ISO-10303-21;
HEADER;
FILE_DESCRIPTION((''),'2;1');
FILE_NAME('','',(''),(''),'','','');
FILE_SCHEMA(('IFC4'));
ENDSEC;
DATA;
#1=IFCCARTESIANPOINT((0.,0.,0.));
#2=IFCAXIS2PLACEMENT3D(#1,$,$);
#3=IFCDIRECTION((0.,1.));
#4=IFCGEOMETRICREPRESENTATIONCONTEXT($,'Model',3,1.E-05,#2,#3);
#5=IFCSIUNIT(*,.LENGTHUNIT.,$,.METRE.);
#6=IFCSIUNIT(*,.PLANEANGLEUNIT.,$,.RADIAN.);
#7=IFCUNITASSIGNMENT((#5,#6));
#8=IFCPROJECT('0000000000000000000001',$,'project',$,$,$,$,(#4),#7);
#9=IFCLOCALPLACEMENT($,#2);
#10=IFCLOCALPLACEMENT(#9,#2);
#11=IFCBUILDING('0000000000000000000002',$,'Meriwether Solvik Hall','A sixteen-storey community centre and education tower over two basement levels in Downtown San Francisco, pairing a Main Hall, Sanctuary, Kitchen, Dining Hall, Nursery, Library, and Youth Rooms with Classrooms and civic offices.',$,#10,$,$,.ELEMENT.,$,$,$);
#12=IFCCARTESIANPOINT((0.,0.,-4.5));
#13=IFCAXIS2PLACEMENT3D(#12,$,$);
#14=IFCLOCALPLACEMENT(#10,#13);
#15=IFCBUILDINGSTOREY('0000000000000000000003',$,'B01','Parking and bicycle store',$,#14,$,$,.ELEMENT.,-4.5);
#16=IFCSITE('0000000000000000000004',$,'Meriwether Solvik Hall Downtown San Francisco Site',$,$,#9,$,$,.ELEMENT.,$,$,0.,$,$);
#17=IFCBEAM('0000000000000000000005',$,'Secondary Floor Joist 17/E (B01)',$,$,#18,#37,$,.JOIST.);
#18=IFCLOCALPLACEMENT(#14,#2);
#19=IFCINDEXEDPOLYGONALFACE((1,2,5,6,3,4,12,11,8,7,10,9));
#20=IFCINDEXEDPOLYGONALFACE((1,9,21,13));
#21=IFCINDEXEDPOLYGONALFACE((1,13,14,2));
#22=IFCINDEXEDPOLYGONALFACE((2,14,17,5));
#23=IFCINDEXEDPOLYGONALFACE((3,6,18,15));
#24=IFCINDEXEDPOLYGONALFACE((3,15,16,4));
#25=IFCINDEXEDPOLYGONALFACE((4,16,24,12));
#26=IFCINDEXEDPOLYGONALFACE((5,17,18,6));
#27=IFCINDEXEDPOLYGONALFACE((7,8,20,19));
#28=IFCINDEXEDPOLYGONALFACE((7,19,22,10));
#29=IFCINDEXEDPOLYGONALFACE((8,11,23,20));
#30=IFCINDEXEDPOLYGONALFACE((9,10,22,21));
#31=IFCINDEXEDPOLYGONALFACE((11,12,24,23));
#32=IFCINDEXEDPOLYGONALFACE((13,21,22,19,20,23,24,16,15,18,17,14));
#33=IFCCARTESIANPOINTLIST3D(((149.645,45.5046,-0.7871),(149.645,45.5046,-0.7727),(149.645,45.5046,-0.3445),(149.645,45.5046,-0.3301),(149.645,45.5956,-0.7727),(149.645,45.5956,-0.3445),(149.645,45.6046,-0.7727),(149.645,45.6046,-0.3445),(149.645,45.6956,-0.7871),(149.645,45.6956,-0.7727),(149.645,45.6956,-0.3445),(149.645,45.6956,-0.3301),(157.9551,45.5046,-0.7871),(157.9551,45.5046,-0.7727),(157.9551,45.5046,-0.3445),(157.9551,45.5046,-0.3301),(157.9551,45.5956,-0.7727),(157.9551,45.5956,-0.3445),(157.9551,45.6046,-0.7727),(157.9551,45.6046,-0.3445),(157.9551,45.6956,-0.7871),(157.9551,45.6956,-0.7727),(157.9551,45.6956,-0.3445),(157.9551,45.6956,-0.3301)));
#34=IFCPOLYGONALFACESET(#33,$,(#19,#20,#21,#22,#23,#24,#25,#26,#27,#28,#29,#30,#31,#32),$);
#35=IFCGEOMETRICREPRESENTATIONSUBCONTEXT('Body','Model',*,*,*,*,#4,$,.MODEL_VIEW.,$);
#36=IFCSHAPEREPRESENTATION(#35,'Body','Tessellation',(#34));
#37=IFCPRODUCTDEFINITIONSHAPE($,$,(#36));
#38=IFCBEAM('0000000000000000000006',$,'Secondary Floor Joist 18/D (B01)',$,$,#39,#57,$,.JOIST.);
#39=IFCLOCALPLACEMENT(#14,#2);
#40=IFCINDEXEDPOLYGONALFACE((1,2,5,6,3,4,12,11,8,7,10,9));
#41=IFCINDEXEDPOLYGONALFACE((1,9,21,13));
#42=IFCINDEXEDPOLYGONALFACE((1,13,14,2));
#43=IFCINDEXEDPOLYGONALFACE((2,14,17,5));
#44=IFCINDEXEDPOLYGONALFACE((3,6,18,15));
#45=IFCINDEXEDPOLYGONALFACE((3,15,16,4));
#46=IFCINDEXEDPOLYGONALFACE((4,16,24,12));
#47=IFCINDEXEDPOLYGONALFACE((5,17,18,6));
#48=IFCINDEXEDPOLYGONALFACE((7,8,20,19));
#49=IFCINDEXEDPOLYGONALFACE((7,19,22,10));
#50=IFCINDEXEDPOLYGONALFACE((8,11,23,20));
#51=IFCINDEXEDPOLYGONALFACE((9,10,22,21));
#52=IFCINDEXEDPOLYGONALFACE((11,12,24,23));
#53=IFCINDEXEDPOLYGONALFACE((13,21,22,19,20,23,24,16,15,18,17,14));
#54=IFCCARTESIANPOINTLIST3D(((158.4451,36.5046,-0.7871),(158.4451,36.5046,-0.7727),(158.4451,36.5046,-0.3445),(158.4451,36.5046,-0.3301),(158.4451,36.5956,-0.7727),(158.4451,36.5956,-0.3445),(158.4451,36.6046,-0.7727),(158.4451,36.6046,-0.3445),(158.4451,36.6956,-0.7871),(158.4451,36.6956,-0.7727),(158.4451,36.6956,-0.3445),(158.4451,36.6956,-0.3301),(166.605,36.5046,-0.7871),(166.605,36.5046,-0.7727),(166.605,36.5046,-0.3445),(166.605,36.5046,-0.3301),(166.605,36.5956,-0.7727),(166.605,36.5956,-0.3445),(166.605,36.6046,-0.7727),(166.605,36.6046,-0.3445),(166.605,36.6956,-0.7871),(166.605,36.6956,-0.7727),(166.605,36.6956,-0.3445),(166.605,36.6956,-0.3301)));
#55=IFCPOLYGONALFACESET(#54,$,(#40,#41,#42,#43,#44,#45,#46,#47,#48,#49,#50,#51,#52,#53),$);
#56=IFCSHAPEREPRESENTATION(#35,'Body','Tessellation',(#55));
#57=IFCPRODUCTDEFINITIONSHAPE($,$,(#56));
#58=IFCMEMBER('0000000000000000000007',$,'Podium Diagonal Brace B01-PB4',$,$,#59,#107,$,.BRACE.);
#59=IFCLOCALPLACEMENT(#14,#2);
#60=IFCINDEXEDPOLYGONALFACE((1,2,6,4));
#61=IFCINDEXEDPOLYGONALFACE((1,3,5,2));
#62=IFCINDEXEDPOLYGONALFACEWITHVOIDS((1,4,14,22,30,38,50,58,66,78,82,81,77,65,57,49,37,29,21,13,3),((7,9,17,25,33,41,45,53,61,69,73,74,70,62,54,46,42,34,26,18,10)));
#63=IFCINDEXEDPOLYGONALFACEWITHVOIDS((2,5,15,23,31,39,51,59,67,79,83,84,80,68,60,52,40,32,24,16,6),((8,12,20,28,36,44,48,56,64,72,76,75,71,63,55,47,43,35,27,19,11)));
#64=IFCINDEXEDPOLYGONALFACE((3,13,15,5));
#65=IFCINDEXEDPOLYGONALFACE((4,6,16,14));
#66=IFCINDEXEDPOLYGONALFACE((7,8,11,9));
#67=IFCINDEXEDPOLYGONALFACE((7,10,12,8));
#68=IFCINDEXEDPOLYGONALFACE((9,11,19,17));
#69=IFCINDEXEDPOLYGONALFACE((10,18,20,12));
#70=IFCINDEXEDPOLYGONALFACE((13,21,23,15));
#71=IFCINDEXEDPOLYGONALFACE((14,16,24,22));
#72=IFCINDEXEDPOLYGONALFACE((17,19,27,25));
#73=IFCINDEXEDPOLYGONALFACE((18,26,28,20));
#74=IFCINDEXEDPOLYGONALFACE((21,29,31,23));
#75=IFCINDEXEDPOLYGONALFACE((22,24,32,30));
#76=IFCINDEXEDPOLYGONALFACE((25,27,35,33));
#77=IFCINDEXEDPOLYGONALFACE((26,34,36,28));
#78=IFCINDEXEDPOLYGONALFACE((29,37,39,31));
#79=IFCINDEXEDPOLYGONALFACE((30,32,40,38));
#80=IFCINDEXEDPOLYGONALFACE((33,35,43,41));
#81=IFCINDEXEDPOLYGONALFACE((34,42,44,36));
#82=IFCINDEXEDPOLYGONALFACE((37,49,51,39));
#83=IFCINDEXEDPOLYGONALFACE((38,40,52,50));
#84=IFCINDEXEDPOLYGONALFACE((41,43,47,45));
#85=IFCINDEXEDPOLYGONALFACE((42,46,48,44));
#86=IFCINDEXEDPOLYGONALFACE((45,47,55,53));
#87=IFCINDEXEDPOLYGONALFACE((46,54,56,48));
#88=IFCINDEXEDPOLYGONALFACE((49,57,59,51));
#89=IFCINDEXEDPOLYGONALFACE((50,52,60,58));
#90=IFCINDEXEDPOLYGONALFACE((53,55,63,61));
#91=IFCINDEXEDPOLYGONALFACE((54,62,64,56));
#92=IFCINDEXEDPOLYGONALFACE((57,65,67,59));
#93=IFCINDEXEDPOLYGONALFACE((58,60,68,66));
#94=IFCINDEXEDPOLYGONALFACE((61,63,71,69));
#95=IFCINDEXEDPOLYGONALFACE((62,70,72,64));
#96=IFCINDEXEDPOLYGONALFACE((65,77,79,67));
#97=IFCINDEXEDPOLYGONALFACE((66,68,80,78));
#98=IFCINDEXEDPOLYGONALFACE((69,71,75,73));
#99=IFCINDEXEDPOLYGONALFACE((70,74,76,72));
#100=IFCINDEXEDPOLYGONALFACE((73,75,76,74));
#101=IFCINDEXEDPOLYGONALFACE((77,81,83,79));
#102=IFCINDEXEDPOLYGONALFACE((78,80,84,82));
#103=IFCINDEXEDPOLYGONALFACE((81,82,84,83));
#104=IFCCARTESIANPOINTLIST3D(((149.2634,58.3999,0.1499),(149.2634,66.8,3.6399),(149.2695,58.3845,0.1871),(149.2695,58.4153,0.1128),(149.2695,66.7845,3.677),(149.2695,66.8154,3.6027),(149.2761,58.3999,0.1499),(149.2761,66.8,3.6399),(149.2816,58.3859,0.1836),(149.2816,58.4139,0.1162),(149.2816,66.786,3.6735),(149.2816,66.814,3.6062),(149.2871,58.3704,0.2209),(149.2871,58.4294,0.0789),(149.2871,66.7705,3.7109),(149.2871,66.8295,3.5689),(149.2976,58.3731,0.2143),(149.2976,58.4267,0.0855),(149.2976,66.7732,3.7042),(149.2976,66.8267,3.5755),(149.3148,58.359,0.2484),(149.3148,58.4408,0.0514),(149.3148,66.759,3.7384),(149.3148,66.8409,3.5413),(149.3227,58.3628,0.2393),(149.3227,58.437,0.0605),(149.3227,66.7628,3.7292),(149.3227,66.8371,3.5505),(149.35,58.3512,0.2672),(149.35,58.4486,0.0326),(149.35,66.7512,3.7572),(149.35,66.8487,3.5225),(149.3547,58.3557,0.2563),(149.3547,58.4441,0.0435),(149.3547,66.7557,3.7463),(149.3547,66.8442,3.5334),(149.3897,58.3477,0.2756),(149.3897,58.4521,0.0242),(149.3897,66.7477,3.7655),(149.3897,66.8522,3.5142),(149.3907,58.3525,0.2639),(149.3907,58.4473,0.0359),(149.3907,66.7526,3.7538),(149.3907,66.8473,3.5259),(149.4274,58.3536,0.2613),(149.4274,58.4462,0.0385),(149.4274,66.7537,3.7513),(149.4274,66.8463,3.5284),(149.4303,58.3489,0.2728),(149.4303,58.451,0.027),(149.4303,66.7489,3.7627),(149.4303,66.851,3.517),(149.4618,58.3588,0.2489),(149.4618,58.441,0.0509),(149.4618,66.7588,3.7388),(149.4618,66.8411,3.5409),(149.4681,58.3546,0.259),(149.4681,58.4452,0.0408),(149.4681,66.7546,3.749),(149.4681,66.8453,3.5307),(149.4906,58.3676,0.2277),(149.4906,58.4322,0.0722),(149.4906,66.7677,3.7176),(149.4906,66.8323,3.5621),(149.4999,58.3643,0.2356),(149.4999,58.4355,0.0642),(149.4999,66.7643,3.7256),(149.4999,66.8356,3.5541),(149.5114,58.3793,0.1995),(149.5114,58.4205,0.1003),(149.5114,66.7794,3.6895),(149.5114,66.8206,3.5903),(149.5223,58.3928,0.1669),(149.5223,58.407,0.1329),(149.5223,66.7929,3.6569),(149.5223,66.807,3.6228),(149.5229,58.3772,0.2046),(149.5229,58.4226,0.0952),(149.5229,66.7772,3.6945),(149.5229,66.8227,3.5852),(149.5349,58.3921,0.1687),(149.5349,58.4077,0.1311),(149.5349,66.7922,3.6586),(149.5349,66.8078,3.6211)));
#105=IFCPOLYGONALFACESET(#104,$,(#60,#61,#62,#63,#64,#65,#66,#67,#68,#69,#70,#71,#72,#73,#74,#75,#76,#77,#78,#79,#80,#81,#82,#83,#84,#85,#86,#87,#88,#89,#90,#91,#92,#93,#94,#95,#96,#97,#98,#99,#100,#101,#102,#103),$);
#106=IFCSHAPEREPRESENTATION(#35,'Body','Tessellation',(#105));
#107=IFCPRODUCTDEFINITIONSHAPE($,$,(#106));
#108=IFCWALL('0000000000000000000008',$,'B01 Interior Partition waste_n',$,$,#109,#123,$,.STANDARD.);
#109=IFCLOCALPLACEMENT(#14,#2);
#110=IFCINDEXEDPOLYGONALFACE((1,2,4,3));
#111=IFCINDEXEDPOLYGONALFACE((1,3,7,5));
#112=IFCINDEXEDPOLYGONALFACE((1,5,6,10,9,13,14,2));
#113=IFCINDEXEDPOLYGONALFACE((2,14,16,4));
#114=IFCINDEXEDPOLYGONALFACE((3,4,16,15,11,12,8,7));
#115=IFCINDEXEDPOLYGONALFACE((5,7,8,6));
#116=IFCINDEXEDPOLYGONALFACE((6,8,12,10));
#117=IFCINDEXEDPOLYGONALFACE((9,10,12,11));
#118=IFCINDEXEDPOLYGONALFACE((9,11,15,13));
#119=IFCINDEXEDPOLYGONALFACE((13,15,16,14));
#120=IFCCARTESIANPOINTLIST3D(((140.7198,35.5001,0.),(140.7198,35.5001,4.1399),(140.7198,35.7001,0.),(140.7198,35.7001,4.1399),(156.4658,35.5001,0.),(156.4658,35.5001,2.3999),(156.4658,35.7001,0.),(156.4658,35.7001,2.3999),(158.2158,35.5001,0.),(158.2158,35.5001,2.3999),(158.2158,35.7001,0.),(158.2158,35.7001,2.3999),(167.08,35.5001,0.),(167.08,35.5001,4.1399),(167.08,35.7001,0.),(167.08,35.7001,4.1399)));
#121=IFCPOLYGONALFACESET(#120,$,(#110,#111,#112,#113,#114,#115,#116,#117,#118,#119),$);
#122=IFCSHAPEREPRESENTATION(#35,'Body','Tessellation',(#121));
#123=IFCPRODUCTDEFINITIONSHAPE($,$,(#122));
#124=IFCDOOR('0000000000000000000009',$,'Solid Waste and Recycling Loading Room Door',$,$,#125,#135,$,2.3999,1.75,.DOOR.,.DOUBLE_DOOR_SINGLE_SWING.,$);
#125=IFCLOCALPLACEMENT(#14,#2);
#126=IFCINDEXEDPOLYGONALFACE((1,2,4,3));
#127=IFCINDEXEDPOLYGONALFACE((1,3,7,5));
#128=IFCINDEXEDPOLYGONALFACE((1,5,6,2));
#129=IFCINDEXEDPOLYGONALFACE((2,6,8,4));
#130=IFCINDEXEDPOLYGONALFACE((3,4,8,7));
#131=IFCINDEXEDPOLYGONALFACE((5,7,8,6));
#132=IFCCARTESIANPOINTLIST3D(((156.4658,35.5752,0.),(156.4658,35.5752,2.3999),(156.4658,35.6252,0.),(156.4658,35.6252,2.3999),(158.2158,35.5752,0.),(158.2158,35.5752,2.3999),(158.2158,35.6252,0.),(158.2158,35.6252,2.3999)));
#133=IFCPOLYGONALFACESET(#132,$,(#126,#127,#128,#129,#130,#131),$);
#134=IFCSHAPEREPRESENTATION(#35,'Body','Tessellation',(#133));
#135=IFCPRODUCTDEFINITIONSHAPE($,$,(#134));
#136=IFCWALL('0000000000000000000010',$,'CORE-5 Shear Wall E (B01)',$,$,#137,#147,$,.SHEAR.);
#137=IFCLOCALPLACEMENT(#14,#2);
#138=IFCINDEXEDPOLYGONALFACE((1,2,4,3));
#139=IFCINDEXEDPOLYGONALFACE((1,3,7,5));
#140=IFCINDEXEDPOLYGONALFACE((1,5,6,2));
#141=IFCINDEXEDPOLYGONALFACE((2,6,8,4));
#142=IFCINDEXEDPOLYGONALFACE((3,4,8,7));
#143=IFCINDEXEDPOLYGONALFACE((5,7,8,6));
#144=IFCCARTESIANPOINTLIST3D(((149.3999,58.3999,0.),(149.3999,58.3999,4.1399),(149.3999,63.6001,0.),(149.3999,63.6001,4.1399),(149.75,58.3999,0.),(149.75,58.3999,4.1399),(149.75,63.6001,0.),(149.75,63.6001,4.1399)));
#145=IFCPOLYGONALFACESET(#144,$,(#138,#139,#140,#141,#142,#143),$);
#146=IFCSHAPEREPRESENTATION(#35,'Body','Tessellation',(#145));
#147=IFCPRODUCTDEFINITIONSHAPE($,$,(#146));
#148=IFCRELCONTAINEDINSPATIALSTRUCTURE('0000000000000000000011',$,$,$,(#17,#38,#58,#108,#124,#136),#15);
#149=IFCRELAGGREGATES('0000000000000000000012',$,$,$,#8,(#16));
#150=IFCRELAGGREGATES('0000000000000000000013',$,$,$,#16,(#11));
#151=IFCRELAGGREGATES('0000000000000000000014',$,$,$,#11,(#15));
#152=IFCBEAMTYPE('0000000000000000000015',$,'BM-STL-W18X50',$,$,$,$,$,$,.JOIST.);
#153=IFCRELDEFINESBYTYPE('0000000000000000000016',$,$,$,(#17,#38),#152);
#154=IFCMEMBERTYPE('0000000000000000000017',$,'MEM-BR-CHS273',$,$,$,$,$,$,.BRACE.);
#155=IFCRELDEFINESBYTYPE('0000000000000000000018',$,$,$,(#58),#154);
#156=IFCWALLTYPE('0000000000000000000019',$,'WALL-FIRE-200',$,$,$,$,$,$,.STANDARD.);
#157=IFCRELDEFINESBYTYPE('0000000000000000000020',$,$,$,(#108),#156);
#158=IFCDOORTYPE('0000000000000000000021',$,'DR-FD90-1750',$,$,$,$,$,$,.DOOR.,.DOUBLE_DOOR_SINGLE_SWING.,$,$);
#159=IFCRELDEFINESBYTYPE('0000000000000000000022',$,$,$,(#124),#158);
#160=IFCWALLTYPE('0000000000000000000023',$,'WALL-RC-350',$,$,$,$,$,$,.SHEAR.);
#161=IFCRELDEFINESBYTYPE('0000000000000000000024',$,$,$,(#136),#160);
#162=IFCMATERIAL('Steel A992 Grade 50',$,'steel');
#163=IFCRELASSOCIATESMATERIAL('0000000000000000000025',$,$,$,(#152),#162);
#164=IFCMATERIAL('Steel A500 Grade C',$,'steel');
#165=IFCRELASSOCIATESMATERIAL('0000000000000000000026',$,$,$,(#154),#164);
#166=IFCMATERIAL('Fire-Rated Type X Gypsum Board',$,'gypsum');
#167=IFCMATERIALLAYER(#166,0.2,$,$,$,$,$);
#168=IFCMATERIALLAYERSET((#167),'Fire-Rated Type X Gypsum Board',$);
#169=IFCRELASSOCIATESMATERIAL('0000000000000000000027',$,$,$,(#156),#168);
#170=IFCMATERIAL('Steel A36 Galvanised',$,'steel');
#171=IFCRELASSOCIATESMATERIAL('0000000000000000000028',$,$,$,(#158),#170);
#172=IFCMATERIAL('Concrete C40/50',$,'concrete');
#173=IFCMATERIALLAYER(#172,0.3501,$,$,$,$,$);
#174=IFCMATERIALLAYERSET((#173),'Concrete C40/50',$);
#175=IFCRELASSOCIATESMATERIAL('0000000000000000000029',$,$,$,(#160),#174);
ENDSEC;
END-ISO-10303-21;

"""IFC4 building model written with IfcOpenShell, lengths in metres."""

from ifc_helpers import new_model, si_unit, direction, frame, frame_2d, origin, origin_2d, place, context, subcontext, project, spatial, rectangle, hollow_circle, i_section, extrude, material, layer, layer_set, material_profile, profile_set, type_object, element, fill, save


model = new_model("IFC4")

# Units and contexts
model_context = context("Model", 3, precision=1e-05, world=origin(), true_north=direction((0.0, 1.0)))
body_context = subcontext(model_context, "Body", "Model", "MODEL_VIEW")
ifc_project = project(units=[si_unit("LENGTHUNIT", "METRE"), si_unit("PLANEANGLEUNIT", "RADIAN")], contexts=[model_context])

# Site, building, storey
site_placement = place(None, origin())
site = spatial("IfcSite", under=ifc_project, at=site_placement, Name="Meriwether Solvik Hall Downtown San Francisco Site", CompositionType="ELEMENT", RefElevation=0.0)
building_placement = place(site_placement, origin())
building = spatial("IfcBuilding", under=site, at=building_placement, Name="Meriwether Solvik Hall", Description="A sixteen-storey community centre and education tower over two basement levels in Downtown San Francisco, pairing a Main Hall, Sanctuary, Kitchen, Dining Hall, Nursery, Library, and Youth Rooms with Classrooms and civic offices.", CompositionType="ELEMENT")
storey_placement = place(building_placement, frame((0.0, 0.0, -4.5)))
storey = spatial("IfcBuildingStorey", under=building, at=storey_placement, Name="B01", Description="Parking and bicycle store", CompositionType="ELEMENT", Elevation=-4.5)

# Beams
ifc_material_1 = material(Name="Steel A992 Grade 50", Category="steel")
ifc_material_profile_1 = material_profile(ifc_material_1, i_section(OverallWidth=0.1909, OverallDepth=0.457, WebThickness=0.009, FlangeThickness=0.0144, at=origin_2d()), Name="W18X50")
ifc_profile_set_1 = profile_set([ifc_material_profile_1], Name="Steel A992 Grade 50")
beam_type_1 = type_object("IfcBeamType", Name="BM-STL-W18X50", PredefinedType="JOIST", material=ifc_profile_set_1)
beam_1_placement = place(storey_placement, frame((149.645, 45.6001, -0.5586), z_axis=(1.0, 0.0, 0.0), x_axis=(0.0, 1.0, 0.0)))
element("IfcBeam", 1, at=beam_1_placement, inside=storey, type_object=beam_type_1, Name="Secondary Floor Joist 17/E (B01)", PredefinedType="JOIST", context=body_context, shape_type="SweptSolid", body=[
    extrude(i_section(OverallWidth=0.1909, OverallDepth=0.457, WebThickness=0.009, FlangeThickness=0.0144, at=origin_2d()), origin(), (0.0, 0.0, 1.0), 8.3101),
])
beam_2_placement = place(storey_placement, frame((158.4451, 36.6001, -0.5586), z_axis=(1.0, 0.0, 0.0), x_axis=(0.0, 1.0, 0.0)))
element("IfcBeam", 2, at=beam_2_placement, inside=storey, type_object=beam_type_1, Name="Secondary Floor Joist 18/D (B01)", PredefinedType="JOIST", context=body_context, shape_type="SweptSolid", body=[
    extrude(i_section(OverallWidth=0.1909, OverallDepth=0.457, WebThickness=0.009, FlangeThickness=0.0144, at=origin_2d()), origin(), (0.0, 0.0, 1.0), 8.1599),
])

# Member
ifc_material_2 = material(Name="Steel A500 Grade C", Category="steel")
ifc_material_profile_2 = material_profile(ifc_material_2, hollow_circle(Radius=0.1365, WallThickness=0.0127, at=origin_2d()), Name="CHS273X12.7")
ifc_profile_set_2 = profile_set([ifc_material_profile_2], Name="Steel A500 Grade C")
member_type = type_object("IfcMemberType", Name="MEM-BR-CHS273", PredefinedType="BRACE", material=ifc_profile_set_2)
member_placement = place(storey_placement, frame((149.3999, 58.3999, 0.1499), z_axis=(0.0, 0.92347, 0.383672), x_axis=(-1.0, 0.0, 0.0)))
element("IfcMember", 3, at=member_placement, inside=storey, type_object=member_type, Name="Podium Diagonal Brace B01-PB4", PredefinedType="BRACE", context=body_context, shape_type="SweptSolid", body=[
    extrude(hollow_circle(Radius=0.1365, WallThickness=0.0127, at=origin_2d()), origin(), (0.0, 0.0, 1.0), 9.0962),
])

# Wall, opening, door
ifc_material_3 = material(Name="Fire-Rated Type X Gypsum Board", Category="gypsum")
ifc_layer_1 = layer(ifc_material_3, 0.2)
ifc_layer_set_1 = layer_set([ifc_layer_1], Name="Fire-Rated Type X Gypsum Board")
wall_type_1 = type_object("IfcWallType", Name="WALL-FIRE-200", PredefinedType="STANDARD", material=ifc_layer_set_1)
wall_1_placement = place(storey_placement, frame((167.0801, 35.6001, 0.0), z_axis=(0.0, 0.0, 1.0), x_axis=(-1.0, 0.0, 0.0)))
wall_1 = element("IfcWall", 4, at=wall_1_placement, inside=storey, type_object=wall_type_1, Name="B01 Interior Partition waste_n", PredefinedType="STANDARD", context=body_context, shape_type="SweptSolid", body=[
    extrude(rectangle(XDim=26.3601, YDim=0.2, at=frame_2d((13.1802, 0.0))), origin(), (0.0, 0.0, 1.0), 4.1399),
])
opening_placement = place(wall_1_placement, frame((8.8643, 0.0, 0.0)))
opening = element("IfcOpeningElement", 5, at=opening_placement, cuts=wall_1, PredefinedType="OPENING", context=body_context, shape_type="SweptSolid", body=[
    extrude(rectangle(XDim=1.75, YDim=2.3999, at=frame_2d((0.875, 1.2))), frame((0.0, 0.1118, 0.0), z_axis=(0.0, -1.0, 0.0), x_axis=(1.0, 0.0, 0.0)), (0.0, 0.0, 1.0), 0.2239),
])
ifc_material_4 = material(Name="Steel A36 Galvanised", Category="steel")
door_type = type_object("IfcDoorType", Name="DR-FD90-1750", OperationType="DOUBLE_DOOR_SINGLE_SWING", PredefinedType="DOOR", material=ifc_material_4)
door_placement = place(opening_placement, origin())
door = element("IfcDoor", 6, at=door_placement, inside=storey, type_object=door_type, Name="Solid Waste and Recycling Loading Room Door", OperationType="DOUBLE_DOOR_SINGLE_SWING", OverallHeight=2.3999, OverallWidth=1.75, PredefinedType="DOOR", context=body_context, shape_type="SweptSolid", body=[
    extrude(rectangle(XDim=1.75, YDim=2.3999, at=frame_2d((0.875, 1.2))), frame((0.0, 0.0249, 0.0), z_axis=(0.0, -1.0, 0.0), x_axis=(1.0, 0.0, 0.0)), (0.0, 0.0, 1.0), 0.05),
])
fill(opening, door)

# Wall
ifc_material_5 = material(Name="Concrete C40/50", Category="concrete")
ifc_layer_2 = layer(ifc_material_5, 0.3501)
ifc_layer_set_2 = layer_set([ifc_layer_2], Name="Concrete C40/50")
wall_type_2 = type_object("IfcWallType", Name="WALL-RC-350", PredefinedType="SHEAR", material=ifc_layer_set_2)
wall_2_placement = place(storey_placement, frame((149.575, 58.3999, 0.0), z_axis=(0.0, 0.0, 1.0), x_axis=(0.0, 1.0, 0.0)))
element("IfcWall", 7, at=wall_2_placement, inside=storey, type_object=wall_type_2, Name="CORE-5 Shear Wall E (B01)", PredefinedType="SHEAR", context=body_context, shape_type="SweptSolid", body=[
    extrude(rectangle(XDim=5.2002, YDim=0.3501, at=frame_2d((2.6001, 0.0))), origin(), (0.0, 0.0, 1.0), 4.1399),
])

save(model, "model.ifc")
